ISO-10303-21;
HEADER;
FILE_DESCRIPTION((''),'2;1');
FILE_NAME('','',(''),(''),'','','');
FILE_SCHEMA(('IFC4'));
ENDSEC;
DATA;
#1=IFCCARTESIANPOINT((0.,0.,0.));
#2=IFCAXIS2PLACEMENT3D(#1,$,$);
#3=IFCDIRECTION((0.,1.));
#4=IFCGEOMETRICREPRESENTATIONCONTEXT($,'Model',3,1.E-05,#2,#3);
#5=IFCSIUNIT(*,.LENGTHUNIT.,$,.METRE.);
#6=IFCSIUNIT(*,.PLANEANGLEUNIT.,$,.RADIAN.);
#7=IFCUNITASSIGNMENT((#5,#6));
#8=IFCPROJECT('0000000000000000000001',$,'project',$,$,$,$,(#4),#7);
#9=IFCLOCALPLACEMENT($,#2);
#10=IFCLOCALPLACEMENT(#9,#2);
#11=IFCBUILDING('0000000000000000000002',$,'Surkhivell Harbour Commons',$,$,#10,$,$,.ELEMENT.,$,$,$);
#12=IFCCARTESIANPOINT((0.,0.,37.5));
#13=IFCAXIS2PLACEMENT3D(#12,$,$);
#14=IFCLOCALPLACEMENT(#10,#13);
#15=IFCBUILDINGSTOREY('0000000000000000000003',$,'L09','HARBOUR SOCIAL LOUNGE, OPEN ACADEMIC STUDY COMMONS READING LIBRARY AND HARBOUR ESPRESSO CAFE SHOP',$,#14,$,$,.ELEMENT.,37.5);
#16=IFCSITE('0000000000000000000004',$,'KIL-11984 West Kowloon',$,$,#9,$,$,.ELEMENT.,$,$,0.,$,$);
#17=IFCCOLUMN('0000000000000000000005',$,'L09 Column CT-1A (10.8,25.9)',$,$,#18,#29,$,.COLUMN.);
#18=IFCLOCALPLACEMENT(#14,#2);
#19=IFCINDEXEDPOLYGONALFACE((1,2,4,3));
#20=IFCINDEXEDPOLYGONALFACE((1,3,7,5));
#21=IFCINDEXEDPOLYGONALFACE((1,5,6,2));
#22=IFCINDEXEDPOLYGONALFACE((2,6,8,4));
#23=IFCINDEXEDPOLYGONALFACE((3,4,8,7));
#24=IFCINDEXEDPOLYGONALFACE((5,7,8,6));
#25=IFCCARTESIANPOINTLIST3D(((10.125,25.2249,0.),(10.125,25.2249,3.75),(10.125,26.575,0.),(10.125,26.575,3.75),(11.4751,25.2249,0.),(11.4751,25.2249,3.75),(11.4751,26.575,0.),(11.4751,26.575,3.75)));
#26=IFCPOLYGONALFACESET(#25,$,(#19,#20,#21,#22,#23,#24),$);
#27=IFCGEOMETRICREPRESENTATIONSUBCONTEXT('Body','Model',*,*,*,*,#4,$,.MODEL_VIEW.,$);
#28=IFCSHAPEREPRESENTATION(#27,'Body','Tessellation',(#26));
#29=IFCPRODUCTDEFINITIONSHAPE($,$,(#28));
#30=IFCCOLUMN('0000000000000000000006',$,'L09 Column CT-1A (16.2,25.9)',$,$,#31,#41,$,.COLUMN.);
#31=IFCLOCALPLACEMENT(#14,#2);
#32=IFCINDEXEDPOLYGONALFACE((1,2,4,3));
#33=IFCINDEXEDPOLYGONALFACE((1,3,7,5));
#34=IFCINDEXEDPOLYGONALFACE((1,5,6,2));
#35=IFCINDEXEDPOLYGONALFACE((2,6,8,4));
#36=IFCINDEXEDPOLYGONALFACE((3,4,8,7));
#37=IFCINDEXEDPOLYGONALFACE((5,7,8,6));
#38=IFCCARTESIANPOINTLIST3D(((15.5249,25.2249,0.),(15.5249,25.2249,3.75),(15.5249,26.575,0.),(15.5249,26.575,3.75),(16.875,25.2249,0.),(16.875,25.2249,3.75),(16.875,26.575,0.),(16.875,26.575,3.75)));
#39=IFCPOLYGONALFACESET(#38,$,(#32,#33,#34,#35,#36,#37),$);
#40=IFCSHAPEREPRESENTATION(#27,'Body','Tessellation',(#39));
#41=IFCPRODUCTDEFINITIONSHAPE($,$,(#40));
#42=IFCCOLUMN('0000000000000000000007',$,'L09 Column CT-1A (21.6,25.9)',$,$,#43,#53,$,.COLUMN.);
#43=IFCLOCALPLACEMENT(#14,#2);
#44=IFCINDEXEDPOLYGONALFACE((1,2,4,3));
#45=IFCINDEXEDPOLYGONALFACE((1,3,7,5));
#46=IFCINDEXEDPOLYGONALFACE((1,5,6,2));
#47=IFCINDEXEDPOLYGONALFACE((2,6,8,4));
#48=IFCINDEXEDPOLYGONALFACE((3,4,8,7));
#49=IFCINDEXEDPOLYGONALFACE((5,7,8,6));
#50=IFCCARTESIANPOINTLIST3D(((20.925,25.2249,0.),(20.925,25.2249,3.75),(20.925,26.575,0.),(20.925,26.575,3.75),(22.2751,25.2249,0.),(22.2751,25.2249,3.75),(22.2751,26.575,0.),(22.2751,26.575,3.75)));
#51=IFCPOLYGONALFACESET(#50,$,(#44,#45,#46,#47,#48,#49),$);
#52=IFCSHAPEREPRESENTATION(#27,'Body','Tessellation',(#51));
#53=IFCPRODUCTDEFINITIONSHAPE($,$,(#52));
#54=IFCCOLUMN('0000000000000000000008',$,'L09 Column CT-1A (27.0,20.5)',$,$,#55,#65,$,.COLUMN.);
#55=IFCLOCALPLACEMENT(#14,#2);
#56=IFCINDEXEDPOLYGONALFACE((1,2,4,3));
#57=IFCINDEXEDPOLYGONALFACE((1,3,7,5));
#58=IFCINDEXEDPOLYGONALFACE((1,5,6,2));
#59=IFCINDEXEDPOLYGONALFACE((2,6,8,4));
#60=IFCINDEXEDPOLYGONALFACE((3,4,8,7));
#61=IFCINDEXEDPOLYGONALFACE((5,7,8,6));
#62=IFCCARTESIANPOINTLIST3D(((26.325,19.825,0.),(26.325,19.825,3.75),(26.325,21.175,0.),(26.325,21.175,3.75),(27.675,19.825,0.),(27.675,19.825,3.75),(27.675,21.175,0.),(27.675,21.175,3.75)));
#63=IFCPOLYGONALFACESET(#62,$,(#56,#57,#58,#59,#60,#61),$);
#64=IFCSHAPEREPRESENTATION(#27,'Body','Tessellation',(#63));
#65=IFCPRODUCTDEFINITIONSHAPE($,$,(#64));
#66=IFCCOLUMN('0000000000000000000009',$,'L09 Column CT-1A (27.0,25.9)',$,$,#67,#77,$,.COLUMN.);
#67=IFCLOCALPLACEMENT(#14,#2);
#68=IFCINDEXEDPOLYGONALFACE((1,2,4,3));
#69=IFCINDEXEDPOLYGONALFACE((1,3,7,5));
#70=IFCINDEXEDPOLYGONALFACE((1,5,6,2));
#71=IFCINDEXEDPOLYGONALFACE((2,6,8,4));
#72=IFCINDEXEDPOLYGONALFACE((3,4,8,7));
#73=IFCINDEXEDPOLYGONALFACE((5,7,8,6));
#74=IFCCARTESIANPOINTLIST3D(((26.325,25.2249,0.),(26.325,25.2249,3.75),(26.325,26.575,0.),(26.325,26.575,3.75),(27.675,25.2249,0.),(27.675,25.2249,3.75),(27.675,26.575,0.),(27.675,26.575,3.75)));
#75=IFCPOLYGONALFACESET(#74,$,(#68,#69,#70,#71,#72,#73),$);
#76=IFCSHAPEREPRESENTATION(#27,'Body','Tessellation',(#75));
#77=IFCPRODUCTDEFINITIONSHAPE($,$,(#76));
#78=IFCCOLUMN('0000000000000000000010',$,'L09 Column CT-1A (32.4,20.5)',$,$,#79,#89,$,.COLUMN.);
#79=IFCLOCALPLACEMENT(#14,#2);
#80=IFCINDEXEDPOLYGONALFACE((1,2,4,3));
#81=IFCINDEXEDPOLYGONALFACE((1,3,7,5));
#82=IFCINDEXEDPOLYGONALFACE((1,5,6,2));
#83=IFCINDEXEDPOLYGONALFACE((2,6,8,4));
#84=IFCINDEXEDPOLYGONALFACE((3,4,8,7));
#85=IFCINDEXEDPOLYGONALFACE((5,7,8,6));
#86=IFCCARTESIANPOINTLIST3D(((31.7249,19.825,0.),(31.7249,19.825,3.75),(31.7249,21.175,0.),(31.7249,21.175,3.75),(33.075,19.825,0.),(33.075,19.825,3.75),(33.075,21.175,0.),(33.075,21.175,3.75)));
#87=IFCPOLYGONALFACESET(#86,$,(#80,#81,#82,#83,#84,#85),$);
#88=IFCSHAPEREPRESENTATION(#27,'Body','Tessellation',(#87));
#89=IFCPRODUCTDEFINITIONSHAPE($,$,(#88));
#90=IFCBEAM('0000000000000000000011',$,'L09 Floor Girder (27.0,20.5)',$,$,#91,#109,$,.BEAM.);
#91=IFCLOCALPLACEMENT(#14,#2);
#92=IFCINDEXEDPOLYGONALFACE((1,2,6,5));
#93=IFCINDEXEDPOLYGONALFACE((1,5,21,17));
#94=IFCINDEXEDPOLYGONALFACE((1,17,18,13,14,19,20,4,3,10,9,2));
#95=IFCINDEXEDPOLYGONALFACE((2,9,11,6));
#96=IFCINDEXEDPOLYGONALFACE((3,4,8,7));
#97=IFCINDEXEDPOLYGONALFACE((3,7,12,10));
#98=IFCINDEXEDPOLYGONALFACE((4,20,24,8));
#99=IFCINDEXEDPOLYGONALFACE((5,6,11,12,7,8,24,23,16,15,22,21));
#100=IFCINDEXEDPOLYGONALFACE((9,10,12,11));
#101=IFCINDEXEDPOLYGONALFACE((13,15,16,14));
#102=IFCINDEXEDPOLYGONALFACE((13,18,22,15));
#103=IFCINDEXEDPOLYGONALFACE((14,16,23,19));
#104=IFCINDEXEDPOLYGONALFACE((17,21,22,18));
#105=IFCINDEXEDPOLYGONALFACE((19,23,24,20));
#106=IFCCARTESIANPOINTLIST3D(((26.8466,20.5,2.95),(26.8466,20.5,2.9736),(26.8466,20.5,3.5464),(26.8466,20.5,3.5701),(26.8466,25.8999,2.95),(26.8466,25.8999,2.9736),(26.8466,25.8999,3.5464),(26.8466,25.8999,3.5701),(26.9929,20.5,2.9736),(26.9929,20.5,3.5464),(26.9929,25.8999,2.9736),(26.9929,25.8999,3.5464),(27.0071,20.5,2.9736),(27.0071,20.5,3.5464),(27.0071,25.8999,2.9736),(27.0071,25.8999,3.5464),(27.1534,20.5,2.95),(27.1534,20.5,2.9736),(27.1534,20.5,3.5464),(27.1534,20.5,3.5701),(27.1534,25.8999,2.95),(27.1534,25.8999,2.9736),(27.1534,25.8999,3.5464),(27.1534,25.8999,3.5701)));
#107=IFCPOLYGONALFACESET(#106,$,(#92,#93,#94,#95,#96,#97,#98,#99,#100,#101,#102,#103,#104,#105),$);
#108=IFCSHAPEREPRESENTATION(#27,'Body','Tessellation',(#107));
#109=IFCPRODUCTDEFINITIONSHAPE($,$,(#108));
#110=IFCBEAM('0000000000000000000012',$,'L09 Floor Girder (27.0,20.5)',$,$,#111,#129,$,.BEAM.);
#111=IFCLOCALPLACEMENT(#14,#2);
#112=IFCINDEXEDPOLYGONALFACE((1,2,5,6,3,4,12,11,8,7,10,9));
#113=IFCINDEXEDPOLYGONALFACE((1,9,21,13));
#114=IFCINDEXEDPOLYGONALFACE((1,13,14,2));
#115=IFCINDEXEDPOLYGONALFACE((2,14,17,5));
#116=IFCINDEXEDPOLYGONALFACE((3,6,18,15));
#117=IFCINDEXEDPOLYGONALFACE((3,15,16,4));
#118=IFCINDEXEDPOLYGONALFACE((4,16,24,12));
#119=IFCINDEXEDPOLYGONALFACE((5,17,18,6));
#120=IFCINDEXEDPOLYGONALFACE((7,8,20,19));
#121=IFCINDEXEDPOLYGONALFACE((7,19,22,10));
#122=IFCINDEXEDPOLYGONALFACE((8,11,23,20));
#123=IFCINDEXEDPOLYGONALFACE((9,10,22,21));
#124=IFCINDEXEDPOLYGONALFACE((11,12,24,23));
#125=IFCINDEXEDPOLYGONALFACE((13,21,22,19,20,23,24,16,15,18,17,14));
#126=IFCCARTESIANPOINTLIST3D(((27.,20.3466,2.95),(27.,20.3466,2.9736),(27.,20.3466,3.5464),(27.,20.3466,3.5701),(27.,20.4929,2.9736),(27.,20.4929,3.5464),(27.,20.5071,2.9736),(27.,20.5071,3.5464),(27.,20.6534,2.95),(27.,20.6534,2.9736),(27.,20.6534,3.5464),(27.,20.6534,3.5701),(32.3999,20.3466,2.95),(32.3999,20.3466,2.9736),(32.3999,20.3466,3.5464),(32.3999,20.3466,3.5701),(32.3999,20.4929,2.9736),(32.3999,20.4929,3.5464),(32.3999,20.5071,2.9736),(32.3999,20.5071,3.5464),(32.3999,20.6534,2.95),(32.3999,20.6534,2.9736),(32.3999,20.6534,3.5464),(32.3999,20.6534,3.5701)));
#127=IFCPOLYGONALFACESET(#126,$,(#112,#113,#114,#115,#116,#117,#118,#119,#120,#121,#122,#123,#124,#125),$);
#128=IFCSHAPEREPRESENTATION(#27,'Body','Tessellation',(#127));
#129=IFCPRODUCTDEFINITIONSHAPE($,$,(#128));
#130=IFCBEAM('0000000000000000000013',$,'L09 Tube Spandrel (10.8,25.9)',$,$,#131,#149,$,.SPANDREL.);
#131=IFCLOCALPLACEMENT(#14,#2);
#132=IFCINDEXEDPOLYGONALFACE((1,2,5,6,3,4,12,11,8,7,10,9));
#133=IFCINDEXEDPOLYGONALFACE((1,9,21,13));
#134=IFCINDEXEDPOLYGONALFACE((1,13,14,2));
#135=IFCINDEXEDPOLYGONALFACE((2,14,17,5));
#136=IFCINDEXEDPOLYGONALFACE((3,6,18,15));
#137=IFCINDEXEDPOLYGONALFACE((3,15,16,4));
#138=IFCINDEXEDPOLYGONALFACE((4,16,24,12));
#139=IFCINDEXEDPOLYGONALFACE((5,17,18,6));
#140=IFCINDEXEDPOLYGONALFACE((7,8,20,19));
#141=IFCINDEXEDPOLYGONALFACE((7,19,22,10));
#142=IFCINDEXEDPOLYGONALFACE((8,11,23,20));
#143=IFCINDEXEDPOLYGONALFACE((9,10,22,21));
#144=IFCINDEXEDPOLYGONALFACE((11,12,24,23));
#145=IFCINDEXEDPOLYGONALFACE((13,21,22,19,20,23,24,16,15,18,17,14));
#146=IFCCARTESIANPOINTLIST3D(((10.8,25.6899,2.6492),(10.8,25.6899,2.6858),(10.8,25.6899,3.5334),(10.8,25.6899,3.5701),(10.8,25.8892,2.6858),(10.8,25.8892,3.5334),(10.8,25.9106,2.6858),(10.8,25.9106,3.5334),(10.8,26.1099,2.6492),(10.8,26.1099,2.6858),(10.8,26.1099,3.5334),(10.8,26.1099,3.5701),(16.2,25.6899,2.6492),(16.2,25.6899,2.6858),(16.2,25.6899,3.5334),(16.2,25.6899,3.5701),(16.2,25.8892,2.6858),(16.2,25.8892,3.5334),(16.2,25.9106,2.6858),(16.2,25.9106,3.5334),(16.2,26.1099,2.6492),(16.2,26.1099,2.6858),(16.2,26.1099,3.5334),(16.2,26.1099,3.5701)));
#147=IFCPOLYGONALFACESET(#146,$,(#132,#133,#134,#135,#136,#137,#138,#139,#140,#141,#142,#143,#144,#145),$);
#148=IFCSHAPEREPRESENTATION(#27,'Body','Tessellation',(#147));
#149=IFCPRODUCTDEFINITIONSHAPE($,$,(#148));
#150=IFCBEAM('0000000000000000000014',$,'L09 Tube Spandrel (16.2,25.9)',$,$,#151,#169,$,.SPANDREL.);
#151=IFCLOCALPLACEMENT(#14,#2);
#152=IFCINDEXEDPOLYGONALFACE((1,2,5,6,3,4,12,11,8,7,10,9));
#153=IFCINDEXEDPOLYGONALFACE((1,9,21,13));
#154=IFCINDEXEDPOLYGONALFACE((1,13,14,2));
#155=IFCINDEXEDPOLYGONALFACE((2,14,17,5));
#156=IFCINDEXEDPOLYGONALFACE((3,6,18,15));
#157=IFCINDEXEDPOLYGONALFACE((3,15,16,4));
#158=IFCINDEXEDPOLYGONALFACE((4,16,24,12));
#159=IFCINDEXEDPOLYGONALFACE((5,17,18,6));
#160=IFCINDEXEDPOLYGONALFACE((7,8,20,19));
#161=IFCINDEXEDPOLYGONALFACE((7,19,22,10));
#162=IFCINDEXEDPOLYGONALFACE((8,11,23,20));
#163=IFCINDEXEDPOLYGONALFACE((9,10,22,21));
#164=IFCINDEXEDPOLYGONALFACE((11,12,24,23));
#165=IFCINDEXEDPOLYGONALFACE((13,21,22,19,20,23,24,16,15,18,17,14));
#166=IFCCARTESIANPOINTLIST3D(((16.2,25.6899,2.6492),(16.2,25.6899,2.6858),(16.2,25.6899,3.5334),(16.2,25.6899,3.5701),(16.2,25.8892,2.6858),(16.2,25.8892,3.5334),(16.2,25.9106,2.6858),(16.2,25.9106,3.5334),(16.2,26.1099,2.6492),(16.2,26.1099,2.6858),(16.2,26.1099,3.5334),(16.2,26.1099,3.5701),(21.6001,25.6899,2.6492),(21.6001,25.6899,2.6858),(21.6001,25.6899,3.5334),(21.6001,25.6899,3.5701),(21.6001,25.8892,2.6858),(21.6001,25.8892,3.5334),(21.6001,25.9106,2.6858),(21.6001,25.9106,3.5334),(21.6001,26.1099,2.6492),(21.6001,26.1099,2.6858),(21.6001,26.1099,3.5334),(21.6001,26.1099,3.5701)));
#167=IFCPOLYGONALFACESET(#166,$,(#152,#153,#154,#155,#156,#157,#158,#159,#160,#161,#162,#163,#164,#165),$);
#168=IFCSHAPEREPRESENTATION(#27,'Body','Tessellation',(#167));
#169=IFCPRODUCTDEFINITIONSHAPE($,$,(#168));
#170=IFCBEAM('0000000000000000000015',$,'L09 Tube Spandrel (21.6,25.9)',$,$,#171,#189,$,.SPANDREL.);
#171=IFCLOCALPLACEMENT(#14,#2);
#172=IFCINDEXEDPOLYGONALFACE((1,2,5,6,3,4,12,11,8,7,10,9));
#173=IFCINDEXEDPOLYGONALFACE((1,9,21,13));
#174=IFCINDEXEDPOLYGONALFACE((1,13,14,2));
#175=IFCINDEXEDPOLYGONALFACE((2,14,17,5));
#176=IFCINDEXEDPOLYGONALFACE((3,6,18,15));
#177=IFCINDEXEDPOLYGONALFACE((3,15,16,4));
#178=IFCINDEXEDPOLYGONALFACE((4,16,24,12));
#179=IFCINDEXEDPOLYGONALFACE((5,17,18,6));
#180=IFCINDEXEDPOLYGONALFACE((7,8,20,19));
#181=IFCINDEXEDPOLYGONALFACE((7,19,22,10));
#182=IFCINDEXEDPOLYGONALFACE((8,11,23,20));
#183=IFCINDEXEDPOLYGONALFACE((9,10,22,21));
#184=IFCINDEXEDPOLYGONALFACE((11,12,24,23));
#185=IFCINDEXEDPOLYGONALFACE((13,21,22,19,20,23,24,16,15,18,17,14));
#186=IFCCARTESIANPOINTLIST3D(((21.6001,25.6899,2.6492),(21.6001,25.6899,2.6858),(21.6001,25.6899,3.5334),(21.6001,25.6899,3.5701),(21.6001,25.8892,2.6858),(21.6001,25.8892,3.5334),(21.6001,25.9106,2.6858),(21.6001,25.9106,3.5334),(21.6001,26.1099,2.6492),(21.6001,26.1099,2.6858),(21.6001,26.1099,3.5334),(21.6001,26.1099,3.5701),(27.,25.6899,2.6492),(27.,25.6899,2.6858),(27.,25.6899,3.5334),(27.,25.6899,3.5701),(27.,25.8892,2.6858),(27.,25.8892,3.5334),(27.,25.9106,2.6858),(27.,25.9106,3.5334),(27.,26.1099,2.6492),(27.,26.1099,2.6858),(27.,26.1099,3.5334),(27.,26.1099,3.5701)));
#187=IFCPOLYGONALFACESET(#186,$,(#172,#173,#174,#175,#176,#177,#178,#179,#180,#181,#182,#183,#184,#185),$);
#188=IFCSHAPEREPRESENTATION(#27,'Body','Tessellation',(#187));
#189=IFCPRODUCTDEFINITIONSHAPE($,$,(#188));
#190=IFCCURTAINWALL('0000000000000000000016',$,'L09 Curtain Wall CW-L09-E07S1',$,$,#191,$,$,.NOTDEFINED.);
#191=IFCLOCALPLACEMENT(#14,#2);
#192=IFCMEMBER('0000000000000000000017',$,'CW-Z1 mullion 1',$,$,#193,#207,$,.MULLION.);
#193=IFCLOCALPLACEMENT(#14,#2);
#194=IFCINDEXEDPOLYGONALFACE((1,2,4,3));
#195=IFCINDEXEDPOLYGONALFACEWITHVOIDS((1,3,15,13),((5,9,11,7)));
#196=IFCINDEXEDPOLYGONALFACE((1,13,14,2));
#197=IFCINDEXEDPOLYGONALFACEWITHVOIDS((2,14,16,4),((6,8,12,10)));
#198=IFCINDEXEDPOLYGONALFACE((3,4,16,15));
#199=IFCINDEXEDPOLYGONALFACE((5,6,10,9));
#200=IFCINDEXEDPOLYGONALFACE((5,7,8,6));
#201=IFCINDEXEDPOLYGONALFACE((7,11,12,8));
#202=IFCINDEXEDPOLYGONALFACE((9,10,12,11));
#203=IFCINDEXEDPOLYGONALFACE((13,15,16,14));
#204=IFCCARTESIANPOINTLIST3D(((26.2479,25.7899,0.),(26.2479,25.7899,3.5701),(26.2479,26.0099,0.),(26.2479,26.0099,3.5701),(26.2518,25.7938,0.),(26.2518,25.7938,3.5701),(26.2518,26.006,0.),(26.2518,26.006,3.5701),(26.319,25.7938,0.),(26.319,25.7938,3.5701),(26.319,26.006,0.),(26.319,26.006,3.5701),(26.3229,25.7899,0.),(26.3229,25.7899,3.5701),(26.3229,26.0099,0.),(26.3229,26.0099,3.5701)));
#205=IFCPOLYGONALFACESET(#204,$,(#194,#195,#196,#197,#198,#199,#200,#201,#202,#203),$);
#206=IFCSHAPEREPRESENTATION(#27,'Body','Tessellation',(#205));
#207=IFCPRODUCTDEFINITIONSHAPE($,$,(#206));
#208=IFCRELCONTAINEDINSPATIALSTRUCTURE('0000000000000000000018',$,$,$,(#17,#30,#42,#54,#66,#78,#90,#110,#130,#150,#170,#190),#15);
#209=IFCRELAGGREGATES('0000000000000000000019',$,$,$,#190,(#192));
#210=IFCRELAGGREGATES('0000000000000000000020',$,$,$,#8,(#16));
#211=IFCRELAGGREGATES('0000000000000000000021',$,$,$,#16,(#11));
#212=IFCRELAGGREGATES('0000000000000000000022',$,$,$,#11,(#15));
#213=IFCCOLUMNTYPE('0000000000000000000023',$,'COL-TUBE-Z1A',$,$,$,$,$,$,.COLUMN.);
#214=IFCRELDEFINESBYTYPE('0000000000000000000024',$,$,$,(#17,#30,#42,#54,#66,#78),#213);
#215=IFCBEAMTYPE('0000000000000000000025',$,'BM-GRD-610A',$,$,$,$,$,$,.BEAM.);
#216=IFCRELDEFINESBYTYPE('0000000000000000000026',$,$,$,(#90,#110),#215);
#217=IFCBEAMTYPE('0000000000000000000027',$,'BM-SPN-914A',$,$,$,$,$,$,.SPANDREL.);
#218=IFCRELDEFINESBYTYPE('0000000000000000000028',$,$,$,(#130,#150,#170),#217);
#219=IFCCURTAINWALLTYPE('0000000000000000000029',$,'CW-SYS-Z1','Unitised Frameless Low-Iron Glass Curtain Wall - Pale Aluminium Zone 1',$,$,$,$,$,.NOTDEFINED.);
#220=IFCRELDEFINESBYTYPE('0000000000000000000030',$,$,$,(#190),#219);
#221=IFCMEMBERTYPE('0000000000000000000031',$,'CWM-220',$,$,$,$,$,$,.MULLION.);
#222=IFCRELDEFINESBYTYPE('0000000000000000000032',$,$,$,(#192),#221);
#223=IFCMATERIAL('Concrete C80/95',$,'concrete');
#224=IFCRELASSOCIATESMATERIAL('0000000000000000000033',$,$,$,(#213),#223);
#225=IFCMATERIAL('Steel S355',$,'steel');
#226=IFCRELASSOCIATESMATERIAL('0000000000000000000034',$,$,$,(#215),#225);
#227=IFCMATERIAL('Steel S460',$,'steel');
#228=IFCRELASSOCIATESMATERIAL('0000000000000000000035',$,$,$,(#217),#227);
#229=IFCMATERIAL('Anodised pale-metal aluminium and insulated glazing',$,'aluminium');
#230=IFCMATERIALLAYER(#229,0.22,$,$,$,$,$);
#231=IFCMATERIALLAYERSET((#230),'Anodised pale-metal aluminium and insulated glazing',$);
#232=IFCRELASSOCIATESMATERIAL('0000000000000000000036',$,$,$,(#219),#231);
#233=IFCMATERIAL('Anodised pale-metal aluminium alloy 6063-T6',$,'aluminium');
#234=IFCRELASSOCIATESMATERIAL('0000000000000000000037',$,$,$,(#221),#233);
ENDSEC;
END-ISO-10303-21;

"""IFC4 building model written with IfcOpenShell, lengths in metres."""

from ifc_helpers import new_model, si_unit, direction, frame, origin, origin_2d, place, context, subcontext, project, spatial, rectangle, hollow_rectangle, i_section, extrude, material, layer, layer_set, material_profile, profile_set, type_object, element, aggregate, save


model = new_model("IFC4")

# Units and contexts
model_context = context("Model", 3, precision=1e-05, world=origin(), true_north=direction((0.0, 1.0)))
body_context = subcontext(model_context, "Body", "Model", "MODEL_VIEW")
ifc_project = project(units=[si_unit("LENGTHUNIT", "METRE"), si_unit("PLANEANGLEUNIT", "RADIAN")], contexts=[model_context])

# Site, building, storey
site_placement = place(None, origin())
site = spatial("IfcSite", under=ifc_project, at=site_placement, Name="KIL-11984 West Kowloon", CompositionType="ELEMENT", RefElevation=0.0)
building_placement = place(site_placement, origin())
building = spatial("IfcBuilding", under=site, at=building_placement, Name="Surkhivell Harbour Commons", CompositionType="ELEMENT")
storey_placement = place(building_placement, frame((0.0, 0.0, 37.5)))
storey = spatial("IfcBuildingStorey", under=building, at=storey_placement, Name="L09", Description="HARBOUR SOCIAL LOUNGE, OPEN ACADEMIC STUDY COMMONS READING LIBRARY AND HARBOUR ESPRESSO CAFE SHOP", CompositionType="ELEMENT", Elevation=37.5)

# Columns
ifc_material_1 = material(Name="Concrete C80/95", Category="concrete")
ifc_material_profile_1 = material_profile(ifc_material_1, rectangle(XDim=1.3501, YDim=1.3501, at=origin_2d()), Name="RC-COL-1350x1350")
ifc_profile_set_1 = profile_set([ifc_material_profile_1], Name="Concrete C80/95")
column_type = type_object("IfcColumnType", Name="COL-TUBE-Z1A", PredefinedType="COLUMN", material=ifc_profile_set_1)
for number, where, z_axis, x_axis, name in (
    (1, (10.8, 25.8999, 0.0), (0.0, 0.0, 1.0), (1.0, 0.0, 0.0), "L09 Column CT-1A (10.8,25.9)"),
    (2, (16.2, 25.8999, 0.0), (0.0, 0.0, 1.0), (1.0, 0.0, 0.0), "L09 Column CT-1A (16.2,25.9)"),
    (3, (21.6001, 25.8999, 0.0), (0.0, 0.0, 1.0), (1.0, 0.0, 0.0), "L09 Column CT-1A (21.6,25.9)"),
    (4, (27.0, 20.5, 0.0), (0.0, 0.0, 1.0), (1.0, 0.0, 0.0), "L09 Column CT-1A (27.0,20.5)"),
    (5, (27.0, 25.8999, 0.0), (0.0, 0.0, 1.0), (1.0, 0.0, 0.0), "L09 Column CT-1A (27.0,25.9)"),
    (6, (32.3999, 20.5, 0.0), (0.0, 0.0, 1.0), (1.0, 0.0, 0.0), "L09 Column CT-1A (32.4,20.5)"),
):
    element("IfcColumn", number, at=place(storey_placement, frame(where, z_axis=z_axis, x_axis=x_axis)), inside=storey, type_object=column_type, Name=name, PredefinedType="COLUMN", context=body_context, shape_type="SweptSolid", body=[
        extrude(rectangle(XDim=1.3501, YDim=1.3501, at=origin_2d()), origin(), (0.0, 0.0, 1.0), 3.75),
    ])

# Beams
ifc_material_2 = material(Name="Steel S355", Category="steel")
ifc_material_profile_2 = material_profile(ifc_material_2, i_section(OverallWidth=0.3069, OverallDepth=0.6201, WebThickness=0.0142, FlangeThickness=0.0237, at=origin_2d()), Name="UB610x305x179")
ifc_profile_set_2 = profile_set([ifc_material_profile_2], Name="Steel S355")
beam_type_1 = type_object("IfcBeamType", Name="BM-GRD-610A", PredefinedType="BEAM", material=ifc_profile_set_2)
for number, where, z_axis, x_axis, name in (
    (7, (27.0, 20.5, 3.26), (0.0, 1.0, 0.0), (-1.0, 0.0, 0.0), "L09 Floor Girder (27.0,20.5)"),
    (8, (27.0, 20.5, 3.26), (1.0, 0.0, 0.0), (0.0, 1.0, 0.0), "L09 Floor Girder (27.0,20.5)"),
):
    element("IfcBeam", number, at=place(storey_placement, frame(where, z_axis=z_axis, x_axis=x_axis)), inside=storey, type_object=beam_type_1, Name=name, PredefinedType="BEAM", context=body_context, shape_type="SweptSolid", body=[
        extrude(i_section(OverallWidth=0.3069, OverallDepth=0.6201, WebThickness=0.0142, FlangeThickness=0.0237, at=origin_2d()), origin(), (0.0, 0.0, 1.0), 5.3999),
    ])
ifc_material_3 = material(Name="Steel S460", Category="steel")
ifc_material_profile_3 = material_profile(ifc_material_3, i_section(OverallWidth=0.4199, OverallDepth=0.9209, WebThickness=0.0215, FlangeThickness=0.0366, at=origin_2d()), Name="UB914x419x388")
ifc_profile_set_3 = profile_set([ifc_material_profile_3], Name="Steel S460")
beam_type_2 = type_object("IfcBeamType", Name="BM-SPN-914A", PredefinedType="SPANDREL", material=ifc_profile_set_3)
beam_1_placement = place(storey_placement, frame((10.8, 25.8999, 3.1096), z_axis=(1.0, 0.0, 0.0), x_axis=(0.0, 1.0, 0.0)))
element("IfcBeam", 9, at=beam_1_placement, inside=storey, type_object=beam_type_2, Name="L09 Tube Spandrel (10.8,25.9)", PredefinedType="SPANDREL", context=body_context, shape_type="SweptSolid", body=[
    extrude(i_section(OverallWidth=0.4199, OverallDepth=0.9209, WebThickness=0.0215, FlangeThickness=0.0366, at=origin_2d()), origin(), (0.0, 0.0, 1.0), 5.3999),
])
beam_2_placement = place(storey_placement, frame((16.2, 25.8999, 3.1096), z_axis=(1.0, 0.0, 0.0), x_axis=(0.0, 1.0, 0.0)))
element("IfcBeam", 10, at=beam_2_placement, inside=storey, type_object=beam_type_2, Name="L09 Tube Spandrel (16.2,25.9)", PredefinedType="SPANDREL", context=body_context, shape_type="SweptSolid", body=[
    extrude(i_section(OverallWidth=0.4199, OverallDepth=0.9209, WebThickness=0.0215, FlangeThickness=0.0366, at=origin_2d()), origin(), (0.0, 0.0, 1.0), 5.4001),
])
beam_3_placement = place(storey_placement, frame((21.6001, 25.8999, 3.1096), z_axis=(1.0, 0.0, 0.0), x_axis=(0.0, 1.0, 0.0)))
element("IfcBeam", 11, at=beam_3_placement, inside=storey, type_object=beam_type_2, Name="L09 Tube Spandrel (21.6,25.9)", PredefinedType="SPANDREL", context=body_context, shape_type="SweptSolid", body=[
    extrude(i_section(OverallWidth=0.4199, OverallDepth=0.9209, WebThickness=0.0215, FlangeThickness=0.0366, at=origin_2d()), origin(), (0.0, 0.0, 1.0), 5.3999),
])

# Curtain wall, member
ifc_material_4 = material(Name="Anodised pale-metal aluminium and insulated glazing", Category="aluminium")
ifc_layer_1 = layer(ifc_material_4, 0.22)
ifc_layer_set_1 = layer_set([ifc_layer_1], Name="Anodised pale-metal aluminium and insulated glazing")
curtain_wall_type = type_object("IfcCurtainWallType", Name="CW-SYS-Z1", Description="Unitised Frameless Low-Iron Glass Curtain Wall - Pale Aluminium Zone 1", PredefinedType="NOTDEFINED", material=ifc_layer_set_1)
curtain_wall_placement = place(storey_placement, origin())
curtain_wall = element("IfcCurtainWall", 12, at=curtain_wall_placement, inside=storey, type_object=curtain_wall_type, Name="L09 Curtain Wall CW-L09-E07S1", PredefinedType="NOTDEFINED")
ifc_material_5 = material(Name="Anodised pale-metal aluminium alloy 6063-T6", Category="aluminium")
ifc_material_profile_4 = material_profile(ifc_material_5, hollow_rectangle(XDim=0.075, YDim=0.22, WallThickness=0.0039, at=origin_2d()), Name="ALU-MULL-75x220")
ifc_profile_set_4 = profile_set([ifc_material_profile_4], Name="Anodised pale-metal aluminium alloy 6063-T6")
member_type_1 = type_object("IfcMemberType", Name="CWM-220", PredefinedType="MULLION", material=ifc_profile_set_4)
member_1_placement = place(storey_placement, frame((26.2854, 25.8999, 0.0), z_axis=(0.0, 0.0, 1.0), x_axis=(-1.0, 0.0, 0.0)))
member_1 = element("IfcMember", 13, at=member_1_placement, type_object=member_type_1, Name="CW-Z1 mullion 1", PredefinedType="MULLION", context=body_context, shape_type="SweptSolid", body=[
    extrude(hollow_rectangle(XDim=0.075, YDim=0.22, WallThickness=0.0039, at=origin_2d()), origin(), (0.0, 0.0, 1.0), 3.5701),
])
aggregate(curtain_wall, [member_1])

save(model, "model.ifc")
